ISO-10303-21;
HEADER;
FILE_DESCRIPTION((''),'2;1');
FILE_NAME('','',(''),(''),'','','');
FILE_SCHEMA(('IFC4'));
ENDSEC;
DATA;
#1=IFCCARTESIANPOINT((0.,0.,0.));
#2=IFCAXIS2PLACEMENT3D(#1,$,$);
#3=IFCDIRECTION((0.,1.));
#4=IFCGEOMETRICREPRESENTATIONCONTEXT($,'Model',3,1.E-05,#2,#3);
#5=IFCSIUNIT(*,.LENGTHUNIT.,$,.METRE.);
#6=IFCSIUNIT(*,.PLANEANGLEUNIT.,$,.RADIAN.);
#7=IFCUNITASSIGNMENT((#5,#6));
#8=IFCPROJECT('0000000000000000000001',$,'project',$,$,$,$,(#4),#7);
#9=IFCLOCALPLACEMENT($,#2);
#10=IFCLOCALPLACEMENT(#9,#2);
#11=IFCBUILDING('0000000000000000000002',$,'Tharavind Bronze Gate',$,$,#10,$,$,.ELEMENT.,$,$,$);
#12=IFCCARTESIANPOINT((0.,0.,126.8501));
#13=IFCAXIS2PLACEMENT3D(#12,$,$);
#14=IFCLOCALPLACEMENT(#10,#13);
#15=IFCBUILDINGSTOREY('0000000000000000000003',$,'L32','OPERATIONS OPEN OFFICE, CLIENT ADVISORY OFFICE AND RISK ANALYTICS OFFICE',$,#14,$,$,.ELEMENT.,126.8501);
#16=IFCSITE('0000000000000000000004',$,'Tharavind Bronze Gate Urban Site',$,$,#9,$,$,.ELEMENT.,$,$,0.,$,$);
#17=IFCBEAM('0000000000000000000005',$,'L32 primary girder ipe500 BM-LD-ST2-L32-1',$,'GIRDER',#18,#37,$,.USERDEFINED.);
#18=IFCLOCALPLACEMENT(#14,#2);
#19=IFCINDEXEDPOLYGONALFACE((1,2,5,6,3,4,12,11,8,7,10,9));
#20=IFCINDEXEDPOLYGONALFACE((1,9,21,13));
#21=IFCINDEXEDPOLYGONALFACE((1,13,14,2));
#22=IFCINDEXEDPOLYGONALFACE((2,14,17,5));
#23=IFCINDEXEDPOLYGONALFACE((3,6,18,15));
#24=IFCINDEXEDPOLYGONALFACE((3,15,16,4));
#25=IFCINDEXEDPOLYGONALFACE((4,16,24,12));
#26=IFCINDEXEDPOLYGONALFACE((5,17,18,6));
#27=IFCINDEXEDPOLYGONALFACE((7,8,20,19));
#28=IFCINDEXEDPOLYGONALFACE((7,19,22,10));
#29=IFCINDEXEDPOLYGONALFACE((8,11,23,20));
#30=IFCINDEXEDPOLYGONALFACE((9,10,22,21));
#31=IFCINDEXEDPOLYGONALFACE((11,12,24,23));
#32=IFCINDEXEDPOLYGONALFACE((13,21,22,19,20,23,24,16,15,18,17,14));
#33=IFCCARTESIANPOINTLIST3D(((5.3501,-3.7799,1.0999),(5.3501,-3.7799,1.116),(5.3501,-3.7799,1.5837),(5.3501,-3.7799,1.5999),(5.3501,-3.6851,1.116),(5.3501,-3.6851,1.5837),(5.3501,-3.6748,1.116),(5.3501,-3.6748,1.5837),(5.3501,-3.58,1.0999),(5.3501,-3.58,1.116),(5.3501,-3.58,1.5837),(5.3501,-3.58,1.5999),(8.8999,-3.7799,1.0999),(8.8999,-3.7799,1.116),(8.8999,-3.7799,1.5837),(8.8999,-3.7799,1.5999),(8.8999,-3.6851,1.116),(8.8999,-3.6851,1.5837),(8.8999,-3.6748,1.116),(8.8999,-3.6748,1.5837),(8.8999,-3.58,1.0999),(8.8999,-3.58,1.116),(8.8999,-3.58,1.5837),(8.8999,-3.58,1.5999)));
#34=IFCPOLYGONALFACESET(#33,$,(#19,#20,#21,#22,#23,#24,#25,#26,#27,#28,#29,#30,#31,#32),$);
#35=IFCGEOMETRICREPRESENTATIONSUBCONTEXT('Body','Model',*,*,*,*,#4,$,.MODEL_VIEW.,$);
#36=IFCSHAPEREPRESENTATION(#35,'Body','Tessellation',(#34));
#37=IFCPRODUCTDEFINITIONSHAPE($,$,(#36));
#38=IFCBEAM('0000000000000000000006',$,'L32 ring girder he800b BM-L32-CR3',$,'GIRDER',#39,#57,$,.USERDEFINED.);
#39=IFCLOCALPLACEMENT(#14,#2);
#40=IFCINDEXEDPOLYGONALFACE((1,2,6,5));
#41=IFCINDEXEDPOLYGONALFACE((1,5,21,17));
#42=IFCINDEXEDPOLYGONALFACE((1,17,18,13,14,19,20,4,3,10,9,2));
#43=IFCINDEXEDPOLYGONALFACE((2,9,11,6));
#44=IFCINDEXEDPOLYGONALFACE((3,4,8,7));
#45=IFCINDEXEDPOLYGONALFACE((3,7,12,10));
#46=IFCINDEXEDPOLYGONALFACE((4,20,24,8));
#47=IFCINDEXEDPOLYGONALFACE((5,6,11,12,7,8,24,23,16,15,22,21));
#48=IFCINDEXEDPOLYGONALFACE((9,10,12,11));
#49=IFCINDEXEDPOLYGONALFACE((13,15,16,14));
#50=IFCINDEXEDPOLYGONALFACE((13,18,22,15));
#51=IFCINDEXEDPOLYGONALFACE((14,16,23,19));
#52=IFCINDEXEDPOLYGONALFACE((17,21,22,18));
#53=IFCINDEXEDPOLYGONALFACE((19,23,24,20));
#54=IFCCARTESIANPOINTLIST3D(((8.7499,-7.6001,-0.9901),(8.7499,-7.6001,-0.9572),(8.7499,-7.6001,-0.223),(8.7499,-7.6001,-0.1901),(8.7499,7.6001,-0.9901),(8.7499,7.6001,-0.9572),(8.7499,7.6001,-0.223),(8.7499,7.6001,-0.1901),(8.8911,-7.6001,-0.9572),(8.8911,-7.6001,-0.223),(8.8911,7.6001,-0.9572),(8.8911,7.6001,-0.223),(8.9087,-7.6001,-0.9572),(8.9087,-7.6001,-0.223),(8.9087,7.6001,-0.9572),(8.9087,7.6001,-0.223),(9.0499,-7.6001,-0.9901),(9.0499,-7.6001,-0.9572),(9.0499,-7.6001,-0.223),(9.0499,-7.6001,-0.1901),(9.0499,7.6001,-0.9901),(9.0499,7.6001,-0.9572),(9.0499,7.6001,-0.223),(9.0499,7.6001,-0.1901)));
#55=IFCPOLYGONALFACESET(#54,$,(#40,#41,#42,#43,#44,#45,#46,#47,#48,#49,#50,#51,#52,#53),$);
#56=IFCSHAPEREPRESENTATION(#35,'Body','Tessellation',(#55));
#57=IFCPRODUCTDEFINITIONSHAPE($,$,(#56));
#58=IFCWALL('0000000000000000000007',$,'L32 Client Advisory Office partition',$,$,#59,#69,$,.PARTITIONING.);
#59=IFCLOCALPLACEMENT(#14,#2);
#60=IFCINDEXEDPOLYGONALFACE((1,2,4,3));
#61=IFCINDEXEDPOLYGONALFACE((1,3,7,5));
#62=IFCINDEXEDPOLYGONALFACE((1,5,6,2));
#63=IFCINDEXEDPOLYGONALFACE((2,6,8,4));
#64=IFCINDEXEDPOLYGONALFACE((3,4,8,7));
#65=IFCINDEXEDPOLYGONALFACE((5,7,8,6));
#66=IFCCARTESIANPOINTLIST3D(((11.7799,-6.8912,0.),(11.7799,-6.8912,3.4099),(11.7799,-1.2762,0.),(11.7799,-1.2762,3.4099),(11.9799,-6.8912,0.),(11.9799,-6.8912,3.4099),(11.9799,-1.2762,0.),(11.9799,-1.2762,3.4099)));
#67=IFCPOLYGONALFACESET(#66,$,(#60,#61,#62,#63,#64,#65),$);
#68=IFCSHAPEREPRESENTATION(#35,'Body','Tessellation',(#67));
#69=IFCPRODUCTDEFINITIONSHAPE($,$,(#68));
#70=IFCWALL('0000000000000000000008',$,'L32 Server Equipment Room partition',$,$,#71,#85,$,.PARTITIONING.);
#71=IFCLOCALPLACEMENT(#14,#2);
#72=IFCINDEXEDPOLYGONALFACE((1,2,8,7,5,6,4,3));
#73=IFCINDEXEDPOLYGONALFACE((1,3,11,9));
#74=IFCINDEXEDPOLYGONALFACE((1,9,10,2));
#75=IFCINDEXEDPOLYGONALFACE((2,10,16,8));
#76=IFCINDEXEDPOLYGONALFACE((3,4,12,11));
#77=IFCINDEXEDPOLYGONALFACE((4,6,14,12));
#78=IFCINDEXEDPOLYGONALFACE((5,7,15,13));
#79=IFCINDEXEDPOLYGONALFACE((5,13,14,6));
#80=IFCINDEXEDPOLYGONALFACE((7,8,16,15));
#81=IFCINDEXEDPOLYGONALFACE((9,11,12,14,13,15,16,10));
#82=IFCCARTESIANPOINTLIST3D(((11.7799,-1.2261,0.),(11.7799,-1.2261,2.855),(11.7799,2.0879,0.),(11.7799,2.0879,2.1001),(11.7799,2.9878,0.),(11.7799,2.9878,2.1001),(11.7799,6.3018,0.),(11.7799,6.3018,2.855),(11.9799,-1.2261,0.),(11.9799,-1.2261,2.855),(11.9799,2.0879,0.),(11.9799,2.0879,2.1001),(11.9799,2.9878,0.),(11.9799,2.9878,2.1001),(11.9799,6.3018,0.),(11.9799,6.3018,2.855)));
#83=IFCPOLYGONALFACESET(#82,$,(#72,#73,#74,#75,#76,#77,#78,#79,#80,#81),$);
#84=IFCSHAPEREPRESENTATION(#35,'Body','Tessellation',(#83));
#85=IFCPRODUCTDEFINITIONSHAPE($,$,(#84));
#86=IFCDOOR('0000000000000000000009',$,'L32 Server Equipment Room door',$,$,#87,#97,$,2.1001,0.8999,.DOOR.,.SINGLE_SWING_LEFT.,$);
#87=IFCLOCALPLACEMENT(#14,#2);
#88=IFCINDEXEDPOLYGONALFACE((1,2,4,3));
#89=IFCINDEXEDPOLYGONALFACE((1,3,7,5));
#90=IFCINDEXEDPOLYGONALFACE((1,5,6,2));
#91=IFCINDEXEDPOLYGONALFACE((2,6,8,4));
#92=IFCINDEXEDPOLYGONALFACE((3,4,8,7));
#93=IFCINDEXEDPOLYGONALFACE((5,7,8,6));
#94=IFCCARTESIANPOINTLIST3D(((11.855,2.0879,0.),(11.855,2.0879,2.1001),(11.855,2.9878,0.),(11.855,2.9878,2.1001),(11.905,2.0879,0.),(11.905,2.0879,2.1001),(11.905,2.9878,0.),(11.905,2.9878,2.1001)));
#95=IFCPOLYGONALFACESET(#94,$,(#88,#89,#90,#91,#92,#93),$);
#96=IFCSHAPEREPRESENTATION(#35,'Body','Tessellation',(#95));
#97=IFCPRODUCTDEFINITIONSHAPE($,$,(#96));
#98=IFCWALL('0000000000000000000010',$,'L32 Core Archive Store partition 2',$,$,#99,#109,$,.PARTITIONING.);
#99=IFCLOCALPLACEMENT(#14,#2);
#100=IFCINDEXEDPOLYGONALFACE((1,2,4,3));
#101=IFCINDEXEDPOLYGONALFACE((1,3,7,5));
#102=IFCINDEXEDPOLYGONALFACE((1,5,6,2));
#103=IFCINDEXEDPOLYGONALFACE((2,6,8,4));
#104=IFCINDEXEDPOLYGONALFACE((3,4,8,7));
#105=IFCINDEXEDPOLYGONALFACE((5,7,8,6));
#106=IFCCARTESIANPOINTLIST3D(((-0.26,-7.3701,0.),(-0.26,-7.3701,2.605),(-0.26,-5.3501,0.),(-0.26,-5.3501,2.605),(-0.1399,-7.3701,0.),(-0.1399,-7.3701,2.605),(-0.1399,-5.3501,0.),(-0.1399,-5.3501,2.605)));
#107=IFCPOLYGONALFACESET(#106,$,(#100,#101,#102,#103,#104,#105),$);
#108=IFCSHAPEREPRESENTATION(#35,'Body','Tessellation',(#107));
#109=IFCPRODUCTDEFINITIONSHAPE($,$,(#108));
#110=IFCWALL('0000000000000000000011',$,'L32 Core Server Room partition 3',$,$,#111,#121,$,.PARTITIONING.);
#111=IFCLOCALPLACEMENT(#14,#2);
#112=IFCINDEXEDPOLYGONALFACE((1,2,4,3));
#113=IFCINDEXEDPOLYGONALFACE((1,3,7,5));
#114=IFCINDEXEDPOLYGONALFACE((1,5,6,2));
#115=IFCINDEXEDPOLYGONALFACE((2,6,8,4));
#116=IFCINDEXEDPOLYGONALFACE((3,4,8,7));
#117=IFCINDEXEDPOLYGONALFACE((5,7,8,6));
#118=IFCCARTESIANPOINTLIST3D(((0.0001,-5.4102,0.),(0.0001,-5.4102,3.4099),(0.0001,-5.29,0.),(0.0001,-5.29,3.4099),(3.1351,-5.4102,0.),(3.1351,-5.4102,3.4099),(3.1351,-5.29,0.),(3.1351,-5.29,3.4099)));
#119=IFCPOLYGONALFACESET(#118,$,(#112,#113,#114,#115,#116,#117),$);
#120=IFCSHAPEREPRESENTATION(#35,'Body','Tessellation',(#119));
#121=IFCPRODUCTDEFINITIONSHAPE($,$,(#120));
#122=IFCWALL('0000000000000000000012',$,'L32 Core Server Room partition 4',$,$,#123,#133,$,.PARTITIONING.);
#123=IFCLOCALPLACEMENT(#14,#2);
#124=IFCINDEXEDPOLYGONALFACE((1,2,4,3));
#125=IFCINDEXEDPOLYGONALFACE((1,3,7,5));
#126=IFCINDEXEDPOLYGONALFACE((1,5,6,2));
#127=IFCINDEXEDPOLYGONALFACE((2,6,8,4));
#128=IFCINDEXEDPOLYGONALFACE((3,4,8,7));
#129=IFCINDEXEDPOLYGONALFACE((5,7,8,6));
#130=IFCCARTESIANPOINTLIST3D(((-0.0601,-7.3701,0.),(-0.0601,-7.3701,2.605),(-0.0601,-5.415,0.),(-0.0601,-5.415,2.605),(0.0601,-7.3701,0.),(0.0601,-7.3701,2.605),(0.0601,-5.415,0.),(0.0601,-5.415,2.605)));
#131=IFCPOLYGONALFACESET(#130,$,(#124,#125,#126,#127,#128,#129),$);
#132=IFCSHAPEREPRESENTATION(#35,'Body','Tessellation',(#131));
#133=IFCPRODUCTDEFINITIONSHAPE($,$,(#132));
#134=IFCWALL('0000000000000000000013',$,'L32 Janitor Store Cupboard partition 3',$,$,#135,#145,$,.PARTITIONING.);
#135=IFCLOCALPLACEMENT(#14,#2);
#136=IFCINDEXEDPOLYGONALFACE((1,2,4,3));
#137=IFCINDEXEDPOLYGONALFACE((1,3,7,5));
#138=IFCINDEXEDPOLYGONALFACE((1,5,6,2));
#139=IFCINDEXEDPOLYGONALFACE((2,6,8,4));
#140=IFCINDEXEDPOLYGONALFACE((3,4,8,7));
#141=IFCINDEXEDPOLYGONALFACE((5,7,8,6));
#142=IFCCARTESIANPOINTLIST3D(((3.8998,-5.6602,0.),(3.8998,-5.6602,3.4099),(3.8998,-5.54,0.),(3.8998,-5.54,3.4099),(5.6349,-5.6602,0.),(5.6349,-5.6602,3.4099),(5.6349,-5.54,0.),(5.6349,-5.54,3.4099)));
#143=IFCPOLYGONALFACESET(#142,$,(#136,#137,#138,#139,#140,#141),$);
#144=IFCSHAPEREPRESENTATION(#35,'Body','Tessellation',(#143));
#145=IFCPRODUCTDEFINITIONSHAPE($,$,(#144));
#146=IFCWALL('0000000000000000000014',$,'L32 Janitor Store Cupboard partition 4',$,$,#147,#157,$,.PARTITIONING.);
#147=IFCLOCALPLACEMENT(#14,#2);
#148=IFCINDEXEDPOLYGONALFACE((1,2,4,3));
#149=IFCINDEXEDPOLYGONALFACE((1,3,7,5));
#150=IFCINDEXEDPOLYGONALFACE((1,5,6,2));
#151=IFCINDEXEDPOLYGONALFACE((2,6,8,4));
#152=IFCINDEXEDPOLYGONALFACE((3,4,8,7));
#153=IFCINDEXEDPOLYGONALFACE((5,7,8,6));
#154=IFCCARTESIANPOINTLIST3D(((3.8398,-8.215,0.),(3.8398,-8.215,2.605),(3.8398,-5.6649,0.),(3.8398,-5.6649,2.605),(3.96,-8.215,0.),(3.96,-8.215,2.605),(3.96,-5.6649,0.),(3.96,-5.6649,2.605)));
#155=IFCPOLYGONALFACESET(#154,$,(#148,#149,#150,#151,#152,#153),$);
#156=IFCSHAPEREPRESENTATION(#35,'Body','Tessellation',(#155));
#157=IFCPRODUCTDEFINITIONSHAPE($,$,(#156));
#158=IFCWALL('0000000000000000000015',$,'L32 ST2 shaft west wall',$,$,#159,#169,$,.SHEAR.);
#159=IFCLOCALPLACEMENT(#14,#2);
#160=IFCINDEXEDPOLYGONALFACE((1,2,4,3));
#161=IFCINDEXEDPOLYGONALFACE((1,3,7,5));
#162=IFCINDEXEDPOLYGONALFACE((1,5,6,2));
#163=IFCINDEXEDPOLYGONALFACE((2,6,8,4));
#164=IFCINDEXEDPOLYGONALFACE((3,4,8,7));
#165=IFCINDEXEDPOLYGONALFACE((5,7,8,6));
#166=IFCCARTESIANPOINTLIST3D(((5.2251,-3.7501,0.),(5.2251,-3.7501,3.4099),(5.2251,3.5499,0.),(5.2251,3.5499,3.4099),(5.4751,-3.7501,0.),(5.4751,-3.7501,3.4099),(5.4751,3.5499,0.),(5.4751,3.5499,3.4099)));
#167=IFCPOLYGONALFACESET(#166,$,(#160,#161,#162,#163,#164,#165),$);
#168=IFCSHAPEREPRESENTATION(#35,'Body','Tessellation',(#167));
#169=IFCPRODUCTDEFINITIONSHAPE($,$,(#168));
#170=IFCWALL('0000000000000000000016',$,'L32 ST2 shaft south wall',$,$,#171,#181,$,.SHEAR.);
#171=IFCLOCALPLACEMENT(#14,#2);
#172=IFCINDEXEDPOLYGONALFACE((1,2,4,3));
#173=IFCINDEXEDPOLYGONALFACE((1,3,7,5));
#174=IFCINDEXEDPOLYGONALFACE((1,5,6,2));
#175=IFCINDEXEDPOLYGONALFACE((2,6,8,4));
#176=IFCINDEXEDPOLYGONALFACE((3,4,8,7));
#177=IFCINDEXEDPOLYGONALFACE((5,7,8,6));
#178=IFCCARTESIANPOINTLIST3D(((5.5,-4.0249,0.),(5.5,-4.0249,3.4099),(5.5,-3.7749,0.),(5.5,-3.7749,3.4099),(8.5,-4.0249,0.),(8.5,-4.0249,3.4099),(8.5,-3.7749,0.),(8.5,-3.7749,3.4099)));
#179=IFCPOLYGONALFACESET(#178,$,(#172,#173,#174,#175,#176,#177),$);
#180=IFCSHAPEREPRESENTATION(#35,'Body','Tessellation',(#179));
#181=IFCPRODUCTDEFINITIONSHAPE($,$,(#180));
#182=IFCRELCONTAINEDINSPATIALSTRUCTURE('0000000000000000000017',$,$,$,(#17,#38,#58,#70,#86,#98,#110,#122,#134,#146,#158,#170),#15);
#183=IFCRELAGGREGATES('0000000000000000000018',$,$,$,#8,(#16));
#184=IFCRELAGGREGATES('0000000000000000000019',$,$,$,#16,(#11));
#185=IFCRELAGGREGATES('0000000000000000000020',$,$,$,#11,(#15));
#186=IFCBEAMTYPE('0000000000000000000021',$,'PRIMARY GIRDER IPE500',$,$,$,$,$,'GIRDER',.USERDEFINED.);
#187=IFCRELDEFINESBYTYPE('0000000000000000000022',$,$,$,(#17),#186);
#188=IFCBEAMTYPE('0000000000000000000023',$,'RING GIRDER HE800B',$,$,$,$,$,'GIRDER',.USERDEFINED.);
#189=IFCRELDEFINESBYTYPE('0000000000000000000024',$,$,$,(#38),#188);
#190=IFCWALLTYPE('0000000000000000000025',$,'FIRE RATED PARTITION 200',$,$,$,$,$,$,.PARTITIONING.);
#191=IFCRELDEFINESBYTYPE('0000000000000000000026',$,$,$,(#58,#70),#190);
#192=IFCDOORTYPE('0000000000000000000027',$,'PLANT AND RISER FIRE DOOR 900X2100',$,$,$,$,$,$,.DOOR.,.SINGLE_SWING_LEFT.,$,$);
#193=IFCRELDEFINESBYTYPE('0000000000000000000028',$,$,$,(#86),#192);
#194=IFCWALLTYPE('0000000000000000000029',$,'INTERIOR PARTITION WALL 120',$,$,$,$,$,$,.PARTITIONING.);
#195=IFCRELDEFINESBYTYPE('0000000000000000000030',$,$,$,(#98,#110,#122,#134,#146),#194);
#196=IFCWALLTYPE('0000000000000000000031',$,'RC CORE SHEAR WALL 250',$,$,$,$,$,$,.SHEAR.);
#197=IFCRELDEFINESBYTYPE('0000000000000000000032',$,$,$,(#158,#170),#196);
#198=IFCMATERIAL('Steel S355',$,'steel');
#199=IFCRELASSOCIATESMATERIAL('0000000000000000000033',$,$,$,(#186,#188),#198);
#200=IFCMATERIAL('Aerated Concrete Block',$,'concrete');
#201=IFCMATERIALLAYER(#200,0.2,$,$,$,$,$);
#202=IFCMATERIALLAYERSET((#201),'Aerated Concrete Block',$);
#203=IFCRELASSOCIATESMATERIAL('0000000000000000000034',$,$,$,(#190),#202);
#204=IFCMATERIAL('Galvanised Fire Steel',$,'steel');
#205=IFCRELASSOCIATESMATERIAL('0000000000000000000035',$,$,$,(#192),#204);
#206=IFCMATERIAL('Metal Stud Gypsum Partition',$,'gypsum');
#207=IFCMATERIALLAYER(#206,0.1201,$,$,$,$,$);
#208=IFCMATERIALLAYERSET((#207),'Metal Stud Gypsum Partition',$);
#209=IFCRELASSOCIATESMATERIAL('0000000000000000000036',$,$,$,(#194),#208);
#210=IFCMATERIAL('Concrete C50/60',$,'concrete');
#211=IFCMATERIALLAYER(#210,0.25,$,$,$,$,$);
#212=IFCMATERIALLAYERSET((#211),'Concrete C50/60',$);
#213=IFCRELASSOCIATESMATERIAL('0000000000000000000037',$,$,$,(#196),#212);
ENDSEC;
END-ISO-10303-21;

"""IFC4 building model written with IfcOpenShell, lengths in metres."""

from ifc_helpers import new_model, si_unit, direction, frame, frame_2d, origin, origin_2d, place, context, subcontext, project, spatial, rectangle, i_section, extrude, material, layer, layer_set, material_profile, profile_set, type_object, element, fill, save


model = new_model("IFC4")

# Units and contexts
model_context = context("Model", 3, precision=1e-05, world=origin(), true_north=direction((0.0, 1.0)))
body_context = subcontext(model_context, "Body", "Model", "MODEL_VIEW")
ifc_project = project(units=[si_unit("LENGTHUNIT", "METRE"), si_unit("PLANEANGLEUNIT", "RADIAN")], contexts=[model_context])

# Site, building, storey
site_placement = place(None, origin())
site = spatial("IfcSite", under=ifc_project, at=site_placement, Name="Tharavind Bronze Gate Urban Site", CompositionType="ELEMENT", RefElevation=0.0)
building_placement = place(site_placement, origin())
building = spatial("IfcBuilding", under=site, at=building_placement, Name="Tharavind Bronze Gate", CompositionType="ELEMENT")
storey_placement = place(building_placement, frame((0.0, 0.0, 126.8501)))
storey = spatial("IfcBuildingStorey", under=building, at=storey_placement, Name="L32", Description="OPERATIONS OPEN OFFICE, CLIENT ADVISORY OFFICE AND RISK ANALYTICS OFFICE", CompositionType="ELEMENT", Elevation=126.8501)

# Beams
ifc_material_1 = material(Name="Steel S355", Category="steel")
ifc_material_profile_1 = material_profile(ifc_material_1, i_section(OverallWidth=0.2, OverallDepth=0.5, WebThickness=0.0103, FlangeThickness=0.0161, at=origin_2d()), Name="IPE500")
ifc_profile_set_1 = profile_set([ifc_material_profile_1], Name="Steel S355")
beam_type_1 = type_object("IfcBeamType", Name="PRIMARY GIRDER IPE500", ElementType="GIRDER", PredefinedType="USERDEFINED", material=ifc_profile_set_1)
beam_1_placement = place(storey_placement, frame((5.3501, -3.6799, 1.3499), z_axis=(1.0, 0.0, 0.0), x_axis=(0.0, 1.0, 0.0)))
element("IfcBeam", 1, at=beam_1_placement, inside=storey, type_object=beam_type_1, Name="L32 primary girder ipe500 BM-LD-ST2-L32-1", ObjectType="GIRDER", PredefinedType="USERDEFINED", context=body_context, shape_type="SweptSolid", body=[
    extrude(i_section(OverallWidth=0.2, OverallDepth=0.5, WebThickness=0.0103, FlangeThickness=0.0161, at=origin_2d()), origin(), (0.0, 0.0, 1.0), 3.5498),
])
ifc_material_profile_2 = material_profile(ifc_material_1, i_section(OverallWidth=0.3, OverallDepth=0.8, WebThickness=0.0176, FlangeThickness=0.033, at=origin_2d()), Name="HE800B")
ifc_profile_set_2 = profile_set([ifc_material_profile_2], Name="Steel S355")
beam_type_2 = type_object("IfcBeamType", Name="RING GIRDER HE800B", ElementType="GIRDER", PredefinedType="USERDEFINED", material=ifc_profile_set_2)
beam_2_placement = place(storey_placement, frame((8.8999, -7.6001, -0.5901), z_axis=(0.0, 1.0, 0.0), x_axis=(-1.0, 0.0, 0.0)))
element("IfcBeam", 2, at=beam_2_placement, inside=storey, type_object=beam_type_2, Name="L32 ring girder he800b BM-L32-CR3", ObjectType="GIRDER", PredefinedType="USERDEFINED", context=body_context, shape_type="SweptSolid", body=[
    extrude(i_section(OverallWidth=0.3, OverallDepth=0.8, WebThickness=0.0176, FlangeThickness=0.033, at=origin_2d()), origin(), (0.0, 0.0, 1.0), 15.2002),
])

# Wall
ifc_material_2 = material(Name="Aerated Concrete Block", Category="concrete")
ifc_layer_1 = layer(ifc_material_2, 0.2)
ifc_layer_set_1 = layer_set([ifc_layer_1], Name="Aerated Concrete Block")
wall_type_1 = type_object("IfcWallType", Name="FIRE RATED PARTITION 200", PredefinedType="PARTITIONING", material=ifc_layer_set_1)
wall_1_placement = place(storey_placement, frame((11.8799, -6.8914, 0.0), z_axis=(0.0, 0.0, 1.0), x_axis=(0.0, 1.0, 0.0)))
element("IfcWall", 3, at=wall_1_placement, inside=storey, type_object=wall_type_1, Name="L32 Client Advisory Office partition", PredefinedType="PARTITIONING", context=body_context, shape_type="SweptSolid", body=[
    extrude(rectangle(XDim=5.615, YDim=0.2, at=frame_2d((2.8076, 0.0))), origin(), (0.0, 0.0, 1.0), 3.4099),
])

# Wall, opening, door
wall_2_placement = place(storey_placement, frame((11.8799, -1.2261, 0.0), z_axis=(0.0, 0.0, 1.0), x_axis=(0.0, 1.0, 0.0)))
wall_2 = element("IfcWall", 4, at=wall_2_placement, inside=storey, type_object=wall_type_1, Name="L32 Server Equipment Room partition", PredefinedType="PARTITIONING", context=body_context, shape_type="SweptSolid", body=[
    extrude(rectangle(XDim=7.5278, YDim=0.2, at=frame_2d((3.7639, 0.0))), origin(), (0.0, 0.0, 1.0), 2.855),
])
opening_1_placement = place(wall_2_placement, frame((3.314, 0.0, 0.0)))
opening_1 = element("IfcOpeningElement", 5, at=opening_1_placement, cuts=wall_2, PredefinedType="OPENING", context=body_context, shape_type="SweptSolid", body=[
    extrude(rectangle(XDim=0.8999, YDim=2.1001, at=frame_2d((0.45, 1.05))), frame((0.0, 0.1101, 0.0), z_axis=(0.0, -1.0, 0.0), x_axis=(1.0, 0.0, 0.0)), (0.0, 0.0, 1.0), 0.22),
])
ifc_material_3 = material(Name="Galvanised Fire Steel", Category="steel")
door_type_1 = type_object("IfcDoorType", Name="PLANT AND RISER FIRE DOOR 900X2100", OperationType="SINGLE_SWING_LEFT", PredefinedType="DOOR", material=ifc_material_3)
door_1_placement = place(opening_1_placement, origin())
door_1 = element("IfcDoor", 6, at=door_1_placement, inside=storey, type_object=door_type_1, Name="L32 Server Equipment Room door", OperationType="SINGLE_SWING_LEFT", OverallHeight=2.1001, OverallWidth=0.8999, PredefinedType="DOOR", context=body_context, shape_type="SweptSolid", body=[
    extrude(rectangle(XDim=0.8999, YDim=2.1001, at=frame_2d((0.45, 1.05))), frame((0.0, 0.0249, 0.0), z_axis=(0.0, -1.0, 0.0), x_axis=(1.0, 0.0, 0.0)), (0.0, 0.0, 1.0), 0.05),
])
fill(opening_1, door_1)

# Walls
ifc_material_4 = material(Name="Metal Stud Gypsum Partition", Category="gypsum")
ifc_layer_2 = layer(ifc_material_4, 0.1201)
ifc_layer_set_2 = layer_set([ifc_layer_2], Name="Metal Stud Gypsum Partition")
wall_type_2 = type_object("IfcWallType", Name="INTERIOR PARTITION WALL 120", PredefinedType="PARTITIONING", material=ifc_layer_set_2)
wall_3_placement = place(storey_placement, frame((-0.2, -7.3701, 0.0), z_axis=(0.0, 0.0, 1.0), x_axis=(0.0, 1.0, 0.0)))
element("IfcWall", 7, at=wall_3_placement, inside=storey, type_object=wall_type_2, Name="L32 Core Archive Store partition 2", PredefinedType="PARTITIONING", context=body_context, shape_type="SweptSolid", body=[
    extrude(rectangle(XDim=2.02, YDim=0.1201, at=frame_2d((1.01, 0.0))), origin(), (0.0, 0.0, 1.0), 2.605),
])
wall_4_placement = place(storey_placement, frame((3.135, -5.3501, 0.0), z_axis=(0.0, 0.0, 1.0), x_axis=(-1.0, 0.0, 0.0)))
element("IfcWall", 8, at=wall_4_placement, inside=storey, type_object=wall_type_2, Name="L32 Core Server Room partition 3", PredefinedType="PARTITIONING", context=body_context, shape_type="SweptSolid", body=[
    extrude(rectangle(XDim=3.135, YDim=0.1201, at=frame_2d((1.5674, 0.0))), origin(), (0.0, 0.0, 1.0), 3.4099),
])
wall_5_placement = place(storey_placement, frame((0.0, -5.415, 0.0), z_axis=(0.0, 0.0, 1.0), x_axis=(0.0, -1.0, 0.0)))
element("IfcWall", 9, at=wall_5_placement, inside=storey, type_object=wall_type_2, Name="L32 Core Server Room partition 4", PredefinedType="PARTITIONING", context=body_context, shape_type="SweptSolid", body=[
    extrude(rectangle(XDim=1.9551, YDim=0.1201, at=frame_2d((0.9775, 0.0))), origin(), (0.0, 0.0, 1.0), 2.605),
])
wall_6_placement = place(storey_placement, frame((5.635, -5.6001, 0.0), z_axis=(0.0, 0.0, 1.0), x_axis=(-1.0, 0.0, 0.0)))
element("IfcWall", 10, at=wall_6_placement, inside=storey, type_object=wall_type_2, Name="L32 Janitor Store Cupboard partition 3", PredefinedType="PARTITIONING", context=body_context, shape_type="SweptSolid", body=[
    extrude(rectangle(XDim=1.7351, YDim=0.1201, at=frame_2d((0.8677, 0.0))), origin(), (0.0, 0.0, 1.0), 3.4099),
])
wall_7_placement = place(storey_placement, frame((3.8999, -5.665, 0.0), z_axis=(0.0, 0.0, 1.0), x_axis=(0.0, -1.0, 0.0)))
element("IfcWall", 11, at=wall_7_placement, inside=storey, type_object=wall_type_2, Name="L32 Janitor Store Cupboard partition 4", PredefinedType="PARTITIONING", context=body_context, shape_type="SweptSolid", body=[
    extrude(rectangle(XDim=2.55, YDim=0.1201, at=frame_2d((1.2749, 0.0))), origin(), (0.0, 0.0, 1.0), 2.605),
])
ifc_material_5 = material(Name="Concrete C50/60", Category="concrete")
ifc_layer_3 = layer(ifc_material_5, 0.25)
ifc_layer_set_3 = layer_set([ifc_layer_3], Name="Concrete C50/60")
wall_type_3 = type_object("IfcWallType", Name="RC CORE SHEAR WALL 250", PredefinedType="SHEAR", material=ifc_layer_set_3)
wall_8_placement = place(storey_placement, frame((5.3501, -3.75, 0.0), z_axis=(0.0, 0.0, 1.0), x_axis=(0.0, 1.0, 0.0)))
element("IfcWall", 12, at=wall_8_placement, inside=storey, type_object=wall_type_3, Name="L32 ST2 shaft west wall", PredefinedType="SHEAR", context=body_context, shape_type="SweptSolid", body=[
    extrude(rectangle(XDim=7.3, YDim=0.25, at=frame_2d((3.6499, 0.0))), origin(), (0.0, 0.0, 1.0), 3.4099),
])
wall_9_placement = place(storey_placement, frame((5.5, -3.8999, 0.0), z_axis=(0.0, 0.0, 1.0), x_axis=(1.0, 0.0, 0.0)))
element("IfcWall", 13, at=wall_9_placement, inside=storey, type_object=wall_type_3, Name="L32 ST2 shaft south wall", PredefinedType="SHEAR", context=body_context, shape_type="SweptSolid", body=[
    extrude(rectangle(XDim=3.0, YDim=0.25, at=frame_2d((1.5, 0.0))), origin(), (0.0, 0.0, 1.0), 3.4099),
])

save(model, "model.ifc")
